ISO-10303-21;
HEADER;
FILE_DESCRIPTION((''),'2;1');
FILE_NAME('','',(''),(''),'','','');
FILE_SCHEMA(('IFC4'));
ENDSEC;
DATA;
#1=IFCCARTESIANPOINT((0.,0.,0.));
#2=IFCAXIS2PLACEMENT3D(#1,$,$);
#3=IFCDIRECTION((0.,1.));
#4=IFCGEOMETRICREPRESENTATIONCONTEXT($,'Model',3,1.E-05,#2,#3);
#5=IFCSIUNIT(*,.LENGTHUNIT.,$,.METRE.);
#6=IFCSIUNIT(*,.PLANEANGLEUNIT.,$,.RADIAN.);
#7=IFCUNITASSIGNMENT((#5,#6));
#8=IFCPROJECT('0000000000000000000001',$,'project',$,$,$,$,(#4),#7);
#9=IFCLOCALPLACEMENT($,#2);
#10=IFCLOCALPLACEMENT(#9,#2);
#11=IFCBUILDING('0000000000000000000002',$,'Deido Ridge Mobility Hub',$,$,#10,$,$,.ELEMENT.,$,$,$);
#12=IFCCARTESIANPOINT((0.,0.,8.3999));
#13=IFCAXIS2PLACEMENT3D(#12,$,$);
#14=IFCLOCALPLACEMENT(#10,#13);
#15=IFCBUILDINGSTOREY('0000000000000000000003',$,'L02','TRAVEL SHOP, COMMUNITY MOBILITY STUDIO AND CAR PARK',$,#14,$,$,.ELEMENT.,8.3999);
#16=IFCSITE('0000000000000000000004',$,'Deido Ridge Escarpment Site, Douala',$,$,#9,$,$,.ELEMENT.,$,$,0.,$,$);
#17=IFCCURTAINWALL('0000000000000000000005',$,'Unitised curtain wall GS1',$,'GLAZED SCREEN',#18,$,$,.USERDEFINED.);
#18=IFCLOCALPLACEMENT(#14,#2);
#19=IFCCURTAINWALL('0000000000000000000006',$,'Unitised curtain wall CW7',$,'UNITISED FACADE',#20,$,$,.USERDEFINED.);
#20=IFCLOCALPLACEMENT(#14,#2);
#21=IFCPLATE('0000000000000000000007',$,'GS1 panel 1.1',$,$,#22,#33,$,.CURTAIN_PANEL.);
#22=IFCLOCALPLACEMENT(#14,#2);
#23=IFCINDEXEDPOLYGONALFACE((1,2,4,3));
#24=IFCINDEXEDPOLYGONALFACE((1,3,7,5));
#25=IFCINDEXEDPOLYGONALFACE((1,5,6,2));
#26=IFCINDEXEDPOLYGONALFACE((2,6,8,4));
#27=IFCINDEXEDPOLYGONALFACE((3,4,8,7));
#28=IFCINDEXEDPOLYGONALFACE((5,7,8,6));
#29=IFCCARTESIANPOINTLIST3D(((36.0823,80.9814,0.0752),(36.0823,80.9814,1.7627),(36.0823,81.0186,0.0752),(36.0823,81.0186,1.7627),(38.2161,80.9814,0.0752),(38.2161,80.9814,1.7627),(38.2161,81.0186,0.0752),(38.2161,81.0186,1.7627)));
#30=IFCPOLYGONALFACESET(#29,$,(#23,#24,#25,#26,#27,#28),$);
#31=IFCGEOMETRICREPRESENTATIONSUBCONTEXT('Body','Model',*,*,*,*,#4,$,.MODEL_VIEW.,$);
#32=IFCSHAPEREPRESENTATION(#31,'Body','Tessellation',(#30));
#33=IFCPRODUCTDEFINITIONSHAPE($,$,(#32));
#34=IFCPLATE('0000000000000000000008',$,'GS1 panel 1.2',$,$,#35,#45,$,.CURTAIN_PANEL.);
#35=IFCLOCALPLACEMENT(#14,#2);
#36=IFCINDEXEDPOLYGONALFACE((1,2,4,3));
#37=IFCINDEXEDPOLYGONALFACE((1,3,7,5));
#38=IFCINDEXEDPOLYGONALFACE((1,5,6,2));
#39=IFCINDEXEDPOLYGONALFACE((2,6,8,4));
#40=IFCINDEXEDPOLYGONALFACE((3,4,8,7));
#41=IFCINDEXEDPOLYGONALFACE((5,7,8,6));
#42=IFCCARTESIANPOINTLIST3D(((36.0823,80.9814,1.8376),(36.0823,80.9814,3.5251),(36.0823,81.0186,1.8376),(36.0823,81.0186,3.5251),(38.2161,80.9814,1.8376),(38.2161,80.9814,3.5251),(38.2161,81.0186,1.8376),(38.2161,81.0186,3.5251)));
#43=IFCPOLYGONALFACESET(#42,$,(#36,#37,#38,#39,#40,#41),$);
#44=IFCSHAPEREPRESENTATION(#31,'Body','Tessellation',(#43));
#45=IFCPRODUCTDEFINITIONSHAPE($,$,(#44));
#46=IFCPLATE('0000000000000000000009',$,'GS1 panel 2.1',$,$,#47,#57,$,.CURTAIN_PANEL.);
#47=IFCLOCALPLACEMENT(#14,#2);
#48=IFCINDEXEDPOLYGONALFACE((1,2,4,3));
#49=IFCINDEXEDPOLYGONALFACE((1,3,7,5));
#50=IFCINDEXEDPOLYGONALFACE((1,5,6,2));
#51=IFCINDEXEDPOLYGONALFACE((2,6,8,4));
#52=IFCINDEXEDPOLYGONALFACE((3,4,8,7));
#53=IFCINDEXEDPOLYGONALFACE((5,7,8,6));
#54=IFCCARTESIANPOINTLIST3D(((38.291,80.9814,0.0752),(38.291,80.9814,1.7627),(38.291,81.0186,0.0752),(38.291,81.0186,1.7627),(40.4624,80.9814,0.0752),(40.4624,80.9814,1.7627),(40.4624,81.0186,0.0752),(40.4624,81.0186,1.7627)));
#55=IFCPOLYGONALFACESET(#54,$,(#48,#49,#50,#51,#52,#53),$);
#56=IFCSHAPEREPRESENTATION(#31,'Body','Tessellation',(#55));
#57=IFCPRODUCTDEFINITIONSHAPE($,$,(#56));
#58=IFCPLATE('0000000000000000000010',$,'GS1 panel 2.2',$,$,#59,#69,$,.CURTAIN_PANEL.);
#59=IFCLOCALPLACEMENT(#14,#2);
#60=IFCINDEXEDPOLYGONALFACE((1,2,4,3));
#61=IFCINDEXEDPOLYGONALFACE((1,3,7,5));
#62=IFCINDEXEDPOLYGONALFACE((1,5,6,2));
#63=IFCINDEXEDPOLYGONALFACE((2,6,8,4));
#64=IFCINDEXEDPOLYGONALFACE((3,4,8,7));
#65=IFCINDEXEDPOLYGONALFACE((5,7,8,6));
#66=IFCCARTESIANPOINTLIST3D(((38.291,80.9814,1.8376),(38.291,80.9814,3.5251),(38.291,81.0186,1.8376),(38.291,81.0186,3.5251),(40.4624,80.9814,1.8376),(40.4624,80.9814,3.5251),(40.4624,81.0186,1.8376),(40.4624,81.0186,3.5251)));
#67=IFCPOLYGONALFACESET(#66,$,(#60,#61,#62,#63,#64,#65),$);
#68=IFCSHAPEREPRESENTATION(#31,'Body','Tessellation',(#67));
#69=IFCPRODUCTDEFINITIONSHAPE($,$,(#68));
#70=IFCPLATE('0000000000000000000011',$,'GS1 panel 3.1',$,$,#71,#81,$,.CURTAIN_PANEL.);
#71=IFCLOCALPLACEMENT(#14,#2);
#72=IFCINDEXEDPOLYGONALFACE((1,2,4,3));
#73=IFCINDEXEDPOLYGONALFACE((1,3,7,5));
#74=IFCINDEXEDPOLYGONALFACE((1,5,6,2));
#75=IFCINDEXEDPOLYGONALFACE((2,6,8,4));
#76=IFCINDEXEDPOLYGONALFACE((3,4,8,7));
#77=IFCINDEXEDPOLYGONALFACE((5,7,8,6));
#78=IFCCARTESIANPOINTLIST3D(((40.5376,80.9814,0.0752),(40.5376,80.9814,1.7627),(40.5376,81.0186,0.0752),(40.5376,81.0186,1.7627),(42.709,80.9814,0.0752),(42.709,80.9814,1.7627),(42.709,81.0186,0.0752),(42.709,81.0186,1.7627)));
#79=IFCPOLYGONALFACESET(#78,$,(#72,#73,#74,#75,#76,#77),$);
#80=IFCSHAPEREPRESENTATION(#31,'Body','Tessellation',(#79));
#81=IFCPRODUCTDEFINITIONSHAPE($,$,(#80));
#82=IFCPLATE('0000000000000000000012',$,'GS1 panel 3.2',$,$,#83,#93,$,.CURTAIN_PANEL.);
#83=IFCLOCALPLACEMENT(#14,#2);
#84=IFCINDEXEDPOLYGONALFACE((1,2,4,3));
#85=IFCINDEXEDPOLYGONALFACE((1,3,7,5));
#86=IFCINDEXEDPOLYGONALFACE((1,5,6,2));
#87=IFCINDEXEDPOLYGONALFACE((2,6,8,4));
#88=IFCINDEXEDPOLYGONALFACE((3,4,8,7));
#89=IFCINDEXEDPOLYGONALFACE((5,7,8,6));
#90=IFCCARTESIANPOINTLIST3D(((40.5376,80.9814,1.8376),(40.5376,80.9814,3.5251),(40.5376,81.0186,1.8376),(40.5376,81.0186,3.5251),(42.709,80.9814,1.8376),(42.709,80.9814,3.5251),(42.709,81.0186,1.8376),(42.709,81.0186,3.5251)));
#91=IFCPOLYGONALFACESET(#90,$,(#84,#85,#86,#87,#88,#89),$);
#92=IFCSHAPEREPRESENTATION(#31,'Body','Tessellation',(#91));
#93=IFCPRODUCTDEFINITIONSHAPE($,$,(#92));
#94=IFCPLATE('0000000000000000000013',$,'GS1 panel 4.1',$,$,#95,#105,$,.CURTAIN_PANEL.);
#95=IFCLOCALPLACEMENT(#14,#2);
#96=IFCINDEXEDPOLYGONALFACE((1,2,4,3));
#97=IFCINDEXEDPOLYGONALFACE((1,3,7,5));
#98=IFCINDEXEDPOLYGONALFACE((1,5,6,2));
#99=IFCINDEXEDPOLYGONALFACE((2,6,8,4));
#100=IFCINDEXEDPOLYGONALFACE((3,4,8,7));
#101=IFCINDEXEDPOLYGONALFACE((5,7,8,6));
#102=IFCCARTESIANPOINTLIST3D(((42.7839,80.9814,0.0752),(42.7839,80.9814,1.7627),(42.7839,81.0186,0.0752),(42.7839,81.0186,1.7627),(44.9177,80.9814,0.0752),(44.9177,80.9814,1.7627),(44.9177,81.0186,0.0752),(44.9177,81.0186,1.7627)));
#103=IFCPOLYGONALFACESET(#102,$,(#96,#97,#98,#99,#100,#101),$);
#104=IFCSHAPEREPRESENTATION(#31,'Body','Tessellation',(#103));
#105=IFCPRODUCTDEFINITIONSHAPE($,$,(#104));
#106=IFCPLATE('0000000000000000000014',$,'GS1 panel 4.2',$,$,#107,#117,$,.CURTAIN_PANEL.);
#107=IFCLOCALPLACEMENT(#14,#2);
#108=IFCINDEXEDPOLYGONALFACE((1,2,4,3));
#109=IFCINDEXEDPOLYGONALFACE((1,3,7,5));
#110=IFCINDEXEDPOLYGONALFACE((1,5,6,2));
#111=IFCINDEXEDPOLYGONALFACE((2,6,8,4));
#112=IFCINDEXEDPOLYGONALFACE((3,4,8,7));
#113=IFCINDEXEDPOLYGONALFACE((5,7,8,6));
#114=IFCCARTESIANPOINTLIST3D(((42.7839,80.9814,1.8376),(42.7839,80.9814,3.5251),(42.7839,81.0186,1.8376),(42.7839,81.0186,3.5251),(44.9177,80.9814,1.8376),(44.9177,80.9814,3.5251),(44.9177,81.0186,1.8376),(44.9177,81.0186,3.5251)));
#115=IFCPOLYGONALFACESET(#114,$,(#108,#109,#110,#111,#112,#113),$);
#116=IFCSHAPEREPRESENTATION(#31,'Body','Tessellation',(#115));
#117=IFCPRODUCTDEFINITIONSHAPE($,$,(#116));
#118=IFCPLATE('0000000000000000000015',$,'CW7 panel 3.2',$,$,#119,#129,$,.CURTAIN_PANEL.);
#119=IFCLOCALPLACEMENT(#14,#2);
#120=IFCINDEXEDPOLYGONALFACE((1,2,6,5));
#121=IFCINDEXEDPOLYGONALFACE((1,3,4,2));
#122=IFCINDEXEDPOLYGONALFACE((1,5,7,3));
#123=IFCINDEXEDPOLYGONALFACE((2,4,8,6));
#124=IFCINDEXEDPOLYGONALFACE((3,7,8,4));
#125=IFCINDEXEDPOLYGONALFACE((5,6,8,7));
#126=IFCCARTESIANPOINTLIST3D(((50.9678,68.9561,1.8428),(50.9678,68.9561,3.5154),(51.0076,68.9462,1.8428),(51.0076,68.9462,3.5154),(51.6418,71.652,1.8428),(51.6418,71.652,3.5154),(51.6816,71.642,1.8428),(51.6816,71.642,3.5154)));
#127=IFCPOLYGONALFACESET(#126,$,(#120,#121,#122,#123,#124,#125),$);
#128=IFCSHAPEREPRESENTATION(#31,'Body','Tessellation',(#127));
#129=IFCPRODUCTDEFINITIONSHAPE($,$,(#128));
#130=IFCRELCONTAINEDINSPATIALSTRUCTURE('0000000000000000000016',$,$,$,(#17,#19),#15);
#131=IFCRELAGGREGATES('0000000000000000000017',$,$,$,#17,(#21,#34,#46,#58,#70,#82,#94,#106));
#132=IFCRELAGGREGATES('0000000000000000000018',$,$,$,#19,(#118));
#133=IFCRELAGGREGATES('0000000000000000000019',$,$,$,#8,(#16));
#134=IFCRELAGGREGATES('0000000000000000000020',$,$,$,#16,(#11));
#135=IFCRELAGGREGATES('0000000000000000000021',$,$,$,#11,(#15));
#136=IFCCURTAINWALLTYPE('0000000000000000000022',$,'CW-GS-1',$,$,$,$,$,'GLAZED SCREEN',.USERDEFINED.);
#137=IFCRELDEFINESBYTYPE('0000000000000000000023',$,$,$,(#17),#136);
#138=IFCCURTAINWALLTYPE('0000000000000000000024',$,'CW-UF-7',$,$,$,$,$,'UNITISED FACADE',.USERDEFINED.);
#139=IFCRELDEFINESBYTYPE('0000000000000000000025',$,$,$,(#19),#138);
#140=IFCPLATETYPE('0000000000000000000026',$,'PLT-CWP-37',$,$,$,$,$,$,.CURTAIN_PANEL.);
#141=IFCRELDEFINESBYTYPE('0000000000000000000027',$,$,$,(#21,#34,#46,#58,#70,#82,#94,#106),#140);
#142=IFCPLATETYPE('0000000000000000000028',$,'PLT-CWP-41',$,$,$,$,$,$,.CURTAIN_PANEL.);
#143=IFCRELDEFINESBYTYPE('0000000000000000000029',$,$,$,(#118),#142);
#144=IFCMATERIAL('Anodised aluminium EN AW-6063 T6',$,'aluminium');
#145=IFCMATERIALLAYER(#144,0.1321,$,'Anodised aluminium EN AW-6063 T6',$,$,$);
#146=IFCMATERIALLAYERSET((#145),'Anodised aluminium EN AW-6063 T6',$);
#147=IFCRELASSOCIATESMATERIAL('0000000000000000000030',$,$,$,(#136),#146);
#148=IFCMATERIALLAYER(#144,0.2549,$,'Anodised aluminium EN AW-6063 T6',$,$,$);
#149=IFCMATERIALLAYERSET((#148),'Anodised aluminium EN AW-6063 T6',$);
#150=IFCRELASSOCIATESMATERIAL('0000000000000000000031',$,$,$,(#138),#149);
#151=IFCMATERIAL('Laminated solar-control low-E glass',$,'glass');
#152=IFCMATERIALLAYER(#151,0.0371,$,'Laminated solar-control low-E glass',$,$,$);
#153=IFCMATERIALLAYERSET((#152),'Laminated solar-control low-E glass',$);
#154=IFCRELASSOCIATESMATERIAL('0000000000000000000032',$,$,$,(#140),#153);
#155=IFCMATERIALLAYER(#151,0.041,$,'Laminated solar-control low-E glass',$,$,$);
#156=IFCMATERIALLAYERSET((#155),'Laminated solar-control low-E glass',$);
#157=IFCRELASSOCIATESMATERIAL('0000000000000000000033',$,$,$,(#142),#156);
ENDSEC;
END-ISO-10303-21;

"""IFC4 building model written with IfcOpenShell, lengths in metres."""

from ifc_helpers import new_model, si_unit, direction, frame, origin, origin_2d, place, context, subcontext, project, spatial, rectangle, extrude, material, layer, layer_set, type_object, element, aggregate, save


model = new_model("IFC4")

# Units and contexts
model_context = context("Model", 3, precision=1e-05, world=origin(), true_north=direction((0.0, 1.0)))
body_context = subcontext(model_context, "Body", "Model", "MODEL_VIEW")
ifc_project = project(units=[si_unit("LENGTHUNIT", "METRE"), si_unit("PLANEANGLEUNIT", "RADIAN")], contexts=[model_context])

# Site, building, storey
site_placement = place(None, origin())
site = spatial("IfcSite", under=ifc_project, at=site_placement, Name="Deido Ridge Escarpment Site, Douala", CompositionType="ELEMENT", RefElevation=0.0)
building_placement = place(site_placement, origin())
building = spatial("IfcBuilding", under=site, at=building_placement, Name="Deido Ridge Mobility Hub", CompositionType="ELEMENT")
storey_placement = place(building_placement, frame((0.0, 0.0, 8.3999)))
storey = spatial("IfcBuildingStorey", under=building, at=storey_placement, Name="L02", Description="TRAVEL SHOP, COMMUNITY MOBILITY STUDIO AND CAR PARK", CompositionType="ELEMENT", Elevation=8.3999)

# Shared definitions
ifc_material_1 = material(Name="Anodised aluminium EN AW-6063 T6", Category="aluminium")

# Curtain wall
ifc_layer_1 = layer(ifc_material_1, 0.1321, Name="Anodised aluminium EN AW-6063 T6")
ifc_layer_set_1 = layer_set([ifc_layer_1], Name="Anodised aluminium EN AW-6063 T6")
curtain_wall_type_1 = type_object("IfcCurtainWallType", Name="CW-GS-1", ElementType="GLAZED SCREEN", PredefinedType="USERDEFINED", material=ifc_layer_set_1)
curtain_wall_1_placement = place(storey_placement, origin())
curtain_wall_1 = element("IfcCurtainWall", 1, at=curtain_wall_1_placement, inside=storey, type_object=curtain_wall_type_1, Name="Unitised curtain wall GS1", ObjectType="GLAZED SCREEN", PredefinedType="USERDEFINED")

# Curtain wall
ifc_layer_2 = layer(ifc_material_1, 0.2549, Name="Anodised aluminium EN AW-6063 T6")
ifc_layer_set_2 = layer_set([ifc_layer_2], Name="Anodised aluminium EN AW-6063 T6")
curtain_wall_type_2 = type_object("IfcCurtainWallType", Name="CW-UF-7", ElementType="UNITISED FACADE", PredefinedType="USERDEFINED", material=ifc_layer_set_2)
curtain_wall_2_placement = place(storey_placement, origin())
curtain_wall_2 = element("IfcCurtainWall", 2, at=curtain_wall_2_placement, inside=storey, type_object=curtain_wall_type_2, Name="Unitised curtain wall CW7", ObjectType="UNITISED FACADE", PredefinedType="USERDEFINED")

# Plates
ifc_material_2 = material(Name="Laminated solar-control low-E glass", Category="glass")
ifc_layer_3 = layer(ifc_material_2, 0.0371, Name="Laminated solar-control low-E glass")
ifc_layer_set_3 = layer_set([ifc_layer_3], Name="Laminated solar-control low-E glass")
plate_type_1 = type_object("IfcPlateType", Name="PLT-CWP-37", PredefinedType="CURTAIN_PANEL", material=ifc_layer_set_3)
plate_1_placement = place(storey_placement, frame((37.1492, 81.0, 0.0752), z_axis=(0.0, 0.0, 1.0), x_axis=(1.0, 0.0, 0.0)))
plate_1 = element("IfcPlate", 3, at=plate_1_placement, type_object=plate_type_1, Name="GS1 panel 1.1", PredefinedType="CURTAIN_PANEL", context=body_context, shape_type="SweptSolid", body=[
    extrude(rectangle(XDim=2.1338, YDim=0.0371, at=origin_2d()), origin(), (0.0, 0.0, 1.0), 1.6875),
])
plate_2_placement = place(storey_placement, frame((37.1492, 81.0, 1.8376), z_axis=(0.0, 0.0, 1.0), x_axis=(1.0, 0.0, 0.0)))
plate_2 = element("IfcPlate", 4, at=plate_2_placement, type_object=plate_type_1, Name="GS1 panel 1.2", PredefinedType="CURTAIN_PANEL", context=body_context, shape_type="SweptSolid", body=[
    extrude(rectangle(XDim=2.1338, YDim=0.0371, at=origin_2d()), origin(), (0.0, 0.0, 1.0), 1.6875),
])
plate_3_placement = place(storey_placement, frame((39.3767, 81.0, 0.0752), z_axis=(0.0, 0.0, 1.0), x_axis=(1.0, 0.0, 0.0)))
plate_3 = element("IfcPlate", 5, at=plate_3_placement, type_object=plate_type_1, Name="GS1 panel 2.1", PredefinedType="CURTAIN_PANEL", context=body_context, shape_type="SweptSolid", body=[
    extrude(rectangle(XDim=2.1714, YDim=0.0371, at=origin_2d()), origin(), (0.0, 0.0, 1.0), 1.6875),
])
plate_4_placement = place(storey_placement, frame((39.3767, 81.0, 1.8376), z_axis=(0.0, 0.0, 1.0), x_axis=(1.0, 0.0, 0.0)))
plate_4 = element("IfcPlate", 6, at=plate_4_placement, type_object=plate_type_1, Name="GS1 panel 2.2", PredefinedType="CURTAIN_PANEL", context=body_context, shape_type="SweptSolid", body=[
    extrude(rectangle(XDim=2.1714, YDim=0.0371, at=origin_2d()), origin(), (0.0, 0.0, 1.0), 1.6875),
])
plate_5_placement = place(storey_placement, frame((41.6233, 81.0, 0.0752), z_axis=(0.0, 0.0, 1.0), x_axis=(1.0, 0.0, 0.0)))
plate_5 = element("IfcPlate", 7, at=plate_5_placement, type_object=plate_type_1, Name="GS1 panel 3.1", PredefinedType="CURTAIN_PANEL", context=body_context, shape_type="SweptSolid", body=[
    extrude(rectangle(XDim=2.1714, YDim=0.0371, at=origin_2d()), origin(), (0.0, 0.0, 1.0), 1.6875),
])
plate_6_placement = place(storey_placement, frame((41.6233, 81.0, 1.8376), z_axis=(0.0, 0.0, 1.0), x_axis=(1.0, 0.0, 0.0)))
plate_6 = element("IfcPlate", 8, at=plate_6_placement, type_object=plate_type_1, Name="GS1 panel 3.2", PredefinedType="CURTAIN_PANEL", context=body_context, shape_type="SweptSolid", body=[
    extrude(rectangle(XDim=2.1714, YDim=0.0371, at=origin_2d()), origin(), (0.0, 0.0, 1.0), 1.6875),
])
plate_7_placement = place(storey_placement, frame((43.8508, 81.0, 0.0752), z_axis=(0.0, 0.0, 1.0), x_axis=(1.0, 0.0, 0.0)))
plate_7 = element("IfcPlate", 9, at=plate_7_placement, type_object=plate_type_1, Name="GS1 panel 4.1", PredefinedType="CURTAIN_PANEL", context=body_context, shape_type="SweptSolid", body=[
    extrude(rectangle(XDim=2.1338, YDim=0.0371, at=origin_2d()), origin(), (0.0, 0.0, 1.0), 1.6875),
])
plate_8_placement = place(storey_placement, frame((43.8508, 81.0, 1.8376), z_axis=(0.0, 0.0, 1.0), x_axis=(1.0, 0.0, 0.0)))
plate_8 = element("IfcPlate", 10, at=plate_8_placement, type_object=plate_type_1, Name="GS1 panel 4.2", PredefinedType="CURTAIN_PANEL", context=body_context, shape_type="SweptSolid", body=[
    extrude(rectangle(XDim=2.1338, YDim=0.0371, at=origin_2d()), origin(), (0.0, 0.0, 1.0), 1.6875),
])
aggregate(curtain_wall_1, [plate_1, plate_2, plate_3, plate_4, plate_5, plate_6, plate_7, plate_8])
ifc_layer_4 = layer(ifc_material_2, 0.041, Name="Laminated solar-control low-E glass")
ifc_layer_set_4 = layer_set([ifc_layer_4], Name="Laminated solar-control low-E glass")
plate_type_2 = type_object("IfcPlateType", Name="PLT-CWP-41", PredefinedType="CURTAIN_PANEL", material=ifc_layer_set_4)
plate_9_placement = place(storey_placement, frame((51.3247, 70.2991, 1.8428), z_axis=(0.0, 0.0, 1.0), x_axis=(0.242546, 0.97014, 0.0)))
plate_9 = element("IfcPlate", 11, at=plate_9_placement, type_object=plate_type_2, Name="CW7 panel 3.2", PredefinedType="CURTAIN_PANEL", context=body_context, shape_type="SweptSolid", body=[
    extrude(rectangle(XDim=2.7788, YDim=0.041, at=origin_2d()), origin(), (0.0, 0.0, 1.0), 1.6726),
])
aggregate(curtain_wall_2, [plate_9])

save(model, "model.ifc")
